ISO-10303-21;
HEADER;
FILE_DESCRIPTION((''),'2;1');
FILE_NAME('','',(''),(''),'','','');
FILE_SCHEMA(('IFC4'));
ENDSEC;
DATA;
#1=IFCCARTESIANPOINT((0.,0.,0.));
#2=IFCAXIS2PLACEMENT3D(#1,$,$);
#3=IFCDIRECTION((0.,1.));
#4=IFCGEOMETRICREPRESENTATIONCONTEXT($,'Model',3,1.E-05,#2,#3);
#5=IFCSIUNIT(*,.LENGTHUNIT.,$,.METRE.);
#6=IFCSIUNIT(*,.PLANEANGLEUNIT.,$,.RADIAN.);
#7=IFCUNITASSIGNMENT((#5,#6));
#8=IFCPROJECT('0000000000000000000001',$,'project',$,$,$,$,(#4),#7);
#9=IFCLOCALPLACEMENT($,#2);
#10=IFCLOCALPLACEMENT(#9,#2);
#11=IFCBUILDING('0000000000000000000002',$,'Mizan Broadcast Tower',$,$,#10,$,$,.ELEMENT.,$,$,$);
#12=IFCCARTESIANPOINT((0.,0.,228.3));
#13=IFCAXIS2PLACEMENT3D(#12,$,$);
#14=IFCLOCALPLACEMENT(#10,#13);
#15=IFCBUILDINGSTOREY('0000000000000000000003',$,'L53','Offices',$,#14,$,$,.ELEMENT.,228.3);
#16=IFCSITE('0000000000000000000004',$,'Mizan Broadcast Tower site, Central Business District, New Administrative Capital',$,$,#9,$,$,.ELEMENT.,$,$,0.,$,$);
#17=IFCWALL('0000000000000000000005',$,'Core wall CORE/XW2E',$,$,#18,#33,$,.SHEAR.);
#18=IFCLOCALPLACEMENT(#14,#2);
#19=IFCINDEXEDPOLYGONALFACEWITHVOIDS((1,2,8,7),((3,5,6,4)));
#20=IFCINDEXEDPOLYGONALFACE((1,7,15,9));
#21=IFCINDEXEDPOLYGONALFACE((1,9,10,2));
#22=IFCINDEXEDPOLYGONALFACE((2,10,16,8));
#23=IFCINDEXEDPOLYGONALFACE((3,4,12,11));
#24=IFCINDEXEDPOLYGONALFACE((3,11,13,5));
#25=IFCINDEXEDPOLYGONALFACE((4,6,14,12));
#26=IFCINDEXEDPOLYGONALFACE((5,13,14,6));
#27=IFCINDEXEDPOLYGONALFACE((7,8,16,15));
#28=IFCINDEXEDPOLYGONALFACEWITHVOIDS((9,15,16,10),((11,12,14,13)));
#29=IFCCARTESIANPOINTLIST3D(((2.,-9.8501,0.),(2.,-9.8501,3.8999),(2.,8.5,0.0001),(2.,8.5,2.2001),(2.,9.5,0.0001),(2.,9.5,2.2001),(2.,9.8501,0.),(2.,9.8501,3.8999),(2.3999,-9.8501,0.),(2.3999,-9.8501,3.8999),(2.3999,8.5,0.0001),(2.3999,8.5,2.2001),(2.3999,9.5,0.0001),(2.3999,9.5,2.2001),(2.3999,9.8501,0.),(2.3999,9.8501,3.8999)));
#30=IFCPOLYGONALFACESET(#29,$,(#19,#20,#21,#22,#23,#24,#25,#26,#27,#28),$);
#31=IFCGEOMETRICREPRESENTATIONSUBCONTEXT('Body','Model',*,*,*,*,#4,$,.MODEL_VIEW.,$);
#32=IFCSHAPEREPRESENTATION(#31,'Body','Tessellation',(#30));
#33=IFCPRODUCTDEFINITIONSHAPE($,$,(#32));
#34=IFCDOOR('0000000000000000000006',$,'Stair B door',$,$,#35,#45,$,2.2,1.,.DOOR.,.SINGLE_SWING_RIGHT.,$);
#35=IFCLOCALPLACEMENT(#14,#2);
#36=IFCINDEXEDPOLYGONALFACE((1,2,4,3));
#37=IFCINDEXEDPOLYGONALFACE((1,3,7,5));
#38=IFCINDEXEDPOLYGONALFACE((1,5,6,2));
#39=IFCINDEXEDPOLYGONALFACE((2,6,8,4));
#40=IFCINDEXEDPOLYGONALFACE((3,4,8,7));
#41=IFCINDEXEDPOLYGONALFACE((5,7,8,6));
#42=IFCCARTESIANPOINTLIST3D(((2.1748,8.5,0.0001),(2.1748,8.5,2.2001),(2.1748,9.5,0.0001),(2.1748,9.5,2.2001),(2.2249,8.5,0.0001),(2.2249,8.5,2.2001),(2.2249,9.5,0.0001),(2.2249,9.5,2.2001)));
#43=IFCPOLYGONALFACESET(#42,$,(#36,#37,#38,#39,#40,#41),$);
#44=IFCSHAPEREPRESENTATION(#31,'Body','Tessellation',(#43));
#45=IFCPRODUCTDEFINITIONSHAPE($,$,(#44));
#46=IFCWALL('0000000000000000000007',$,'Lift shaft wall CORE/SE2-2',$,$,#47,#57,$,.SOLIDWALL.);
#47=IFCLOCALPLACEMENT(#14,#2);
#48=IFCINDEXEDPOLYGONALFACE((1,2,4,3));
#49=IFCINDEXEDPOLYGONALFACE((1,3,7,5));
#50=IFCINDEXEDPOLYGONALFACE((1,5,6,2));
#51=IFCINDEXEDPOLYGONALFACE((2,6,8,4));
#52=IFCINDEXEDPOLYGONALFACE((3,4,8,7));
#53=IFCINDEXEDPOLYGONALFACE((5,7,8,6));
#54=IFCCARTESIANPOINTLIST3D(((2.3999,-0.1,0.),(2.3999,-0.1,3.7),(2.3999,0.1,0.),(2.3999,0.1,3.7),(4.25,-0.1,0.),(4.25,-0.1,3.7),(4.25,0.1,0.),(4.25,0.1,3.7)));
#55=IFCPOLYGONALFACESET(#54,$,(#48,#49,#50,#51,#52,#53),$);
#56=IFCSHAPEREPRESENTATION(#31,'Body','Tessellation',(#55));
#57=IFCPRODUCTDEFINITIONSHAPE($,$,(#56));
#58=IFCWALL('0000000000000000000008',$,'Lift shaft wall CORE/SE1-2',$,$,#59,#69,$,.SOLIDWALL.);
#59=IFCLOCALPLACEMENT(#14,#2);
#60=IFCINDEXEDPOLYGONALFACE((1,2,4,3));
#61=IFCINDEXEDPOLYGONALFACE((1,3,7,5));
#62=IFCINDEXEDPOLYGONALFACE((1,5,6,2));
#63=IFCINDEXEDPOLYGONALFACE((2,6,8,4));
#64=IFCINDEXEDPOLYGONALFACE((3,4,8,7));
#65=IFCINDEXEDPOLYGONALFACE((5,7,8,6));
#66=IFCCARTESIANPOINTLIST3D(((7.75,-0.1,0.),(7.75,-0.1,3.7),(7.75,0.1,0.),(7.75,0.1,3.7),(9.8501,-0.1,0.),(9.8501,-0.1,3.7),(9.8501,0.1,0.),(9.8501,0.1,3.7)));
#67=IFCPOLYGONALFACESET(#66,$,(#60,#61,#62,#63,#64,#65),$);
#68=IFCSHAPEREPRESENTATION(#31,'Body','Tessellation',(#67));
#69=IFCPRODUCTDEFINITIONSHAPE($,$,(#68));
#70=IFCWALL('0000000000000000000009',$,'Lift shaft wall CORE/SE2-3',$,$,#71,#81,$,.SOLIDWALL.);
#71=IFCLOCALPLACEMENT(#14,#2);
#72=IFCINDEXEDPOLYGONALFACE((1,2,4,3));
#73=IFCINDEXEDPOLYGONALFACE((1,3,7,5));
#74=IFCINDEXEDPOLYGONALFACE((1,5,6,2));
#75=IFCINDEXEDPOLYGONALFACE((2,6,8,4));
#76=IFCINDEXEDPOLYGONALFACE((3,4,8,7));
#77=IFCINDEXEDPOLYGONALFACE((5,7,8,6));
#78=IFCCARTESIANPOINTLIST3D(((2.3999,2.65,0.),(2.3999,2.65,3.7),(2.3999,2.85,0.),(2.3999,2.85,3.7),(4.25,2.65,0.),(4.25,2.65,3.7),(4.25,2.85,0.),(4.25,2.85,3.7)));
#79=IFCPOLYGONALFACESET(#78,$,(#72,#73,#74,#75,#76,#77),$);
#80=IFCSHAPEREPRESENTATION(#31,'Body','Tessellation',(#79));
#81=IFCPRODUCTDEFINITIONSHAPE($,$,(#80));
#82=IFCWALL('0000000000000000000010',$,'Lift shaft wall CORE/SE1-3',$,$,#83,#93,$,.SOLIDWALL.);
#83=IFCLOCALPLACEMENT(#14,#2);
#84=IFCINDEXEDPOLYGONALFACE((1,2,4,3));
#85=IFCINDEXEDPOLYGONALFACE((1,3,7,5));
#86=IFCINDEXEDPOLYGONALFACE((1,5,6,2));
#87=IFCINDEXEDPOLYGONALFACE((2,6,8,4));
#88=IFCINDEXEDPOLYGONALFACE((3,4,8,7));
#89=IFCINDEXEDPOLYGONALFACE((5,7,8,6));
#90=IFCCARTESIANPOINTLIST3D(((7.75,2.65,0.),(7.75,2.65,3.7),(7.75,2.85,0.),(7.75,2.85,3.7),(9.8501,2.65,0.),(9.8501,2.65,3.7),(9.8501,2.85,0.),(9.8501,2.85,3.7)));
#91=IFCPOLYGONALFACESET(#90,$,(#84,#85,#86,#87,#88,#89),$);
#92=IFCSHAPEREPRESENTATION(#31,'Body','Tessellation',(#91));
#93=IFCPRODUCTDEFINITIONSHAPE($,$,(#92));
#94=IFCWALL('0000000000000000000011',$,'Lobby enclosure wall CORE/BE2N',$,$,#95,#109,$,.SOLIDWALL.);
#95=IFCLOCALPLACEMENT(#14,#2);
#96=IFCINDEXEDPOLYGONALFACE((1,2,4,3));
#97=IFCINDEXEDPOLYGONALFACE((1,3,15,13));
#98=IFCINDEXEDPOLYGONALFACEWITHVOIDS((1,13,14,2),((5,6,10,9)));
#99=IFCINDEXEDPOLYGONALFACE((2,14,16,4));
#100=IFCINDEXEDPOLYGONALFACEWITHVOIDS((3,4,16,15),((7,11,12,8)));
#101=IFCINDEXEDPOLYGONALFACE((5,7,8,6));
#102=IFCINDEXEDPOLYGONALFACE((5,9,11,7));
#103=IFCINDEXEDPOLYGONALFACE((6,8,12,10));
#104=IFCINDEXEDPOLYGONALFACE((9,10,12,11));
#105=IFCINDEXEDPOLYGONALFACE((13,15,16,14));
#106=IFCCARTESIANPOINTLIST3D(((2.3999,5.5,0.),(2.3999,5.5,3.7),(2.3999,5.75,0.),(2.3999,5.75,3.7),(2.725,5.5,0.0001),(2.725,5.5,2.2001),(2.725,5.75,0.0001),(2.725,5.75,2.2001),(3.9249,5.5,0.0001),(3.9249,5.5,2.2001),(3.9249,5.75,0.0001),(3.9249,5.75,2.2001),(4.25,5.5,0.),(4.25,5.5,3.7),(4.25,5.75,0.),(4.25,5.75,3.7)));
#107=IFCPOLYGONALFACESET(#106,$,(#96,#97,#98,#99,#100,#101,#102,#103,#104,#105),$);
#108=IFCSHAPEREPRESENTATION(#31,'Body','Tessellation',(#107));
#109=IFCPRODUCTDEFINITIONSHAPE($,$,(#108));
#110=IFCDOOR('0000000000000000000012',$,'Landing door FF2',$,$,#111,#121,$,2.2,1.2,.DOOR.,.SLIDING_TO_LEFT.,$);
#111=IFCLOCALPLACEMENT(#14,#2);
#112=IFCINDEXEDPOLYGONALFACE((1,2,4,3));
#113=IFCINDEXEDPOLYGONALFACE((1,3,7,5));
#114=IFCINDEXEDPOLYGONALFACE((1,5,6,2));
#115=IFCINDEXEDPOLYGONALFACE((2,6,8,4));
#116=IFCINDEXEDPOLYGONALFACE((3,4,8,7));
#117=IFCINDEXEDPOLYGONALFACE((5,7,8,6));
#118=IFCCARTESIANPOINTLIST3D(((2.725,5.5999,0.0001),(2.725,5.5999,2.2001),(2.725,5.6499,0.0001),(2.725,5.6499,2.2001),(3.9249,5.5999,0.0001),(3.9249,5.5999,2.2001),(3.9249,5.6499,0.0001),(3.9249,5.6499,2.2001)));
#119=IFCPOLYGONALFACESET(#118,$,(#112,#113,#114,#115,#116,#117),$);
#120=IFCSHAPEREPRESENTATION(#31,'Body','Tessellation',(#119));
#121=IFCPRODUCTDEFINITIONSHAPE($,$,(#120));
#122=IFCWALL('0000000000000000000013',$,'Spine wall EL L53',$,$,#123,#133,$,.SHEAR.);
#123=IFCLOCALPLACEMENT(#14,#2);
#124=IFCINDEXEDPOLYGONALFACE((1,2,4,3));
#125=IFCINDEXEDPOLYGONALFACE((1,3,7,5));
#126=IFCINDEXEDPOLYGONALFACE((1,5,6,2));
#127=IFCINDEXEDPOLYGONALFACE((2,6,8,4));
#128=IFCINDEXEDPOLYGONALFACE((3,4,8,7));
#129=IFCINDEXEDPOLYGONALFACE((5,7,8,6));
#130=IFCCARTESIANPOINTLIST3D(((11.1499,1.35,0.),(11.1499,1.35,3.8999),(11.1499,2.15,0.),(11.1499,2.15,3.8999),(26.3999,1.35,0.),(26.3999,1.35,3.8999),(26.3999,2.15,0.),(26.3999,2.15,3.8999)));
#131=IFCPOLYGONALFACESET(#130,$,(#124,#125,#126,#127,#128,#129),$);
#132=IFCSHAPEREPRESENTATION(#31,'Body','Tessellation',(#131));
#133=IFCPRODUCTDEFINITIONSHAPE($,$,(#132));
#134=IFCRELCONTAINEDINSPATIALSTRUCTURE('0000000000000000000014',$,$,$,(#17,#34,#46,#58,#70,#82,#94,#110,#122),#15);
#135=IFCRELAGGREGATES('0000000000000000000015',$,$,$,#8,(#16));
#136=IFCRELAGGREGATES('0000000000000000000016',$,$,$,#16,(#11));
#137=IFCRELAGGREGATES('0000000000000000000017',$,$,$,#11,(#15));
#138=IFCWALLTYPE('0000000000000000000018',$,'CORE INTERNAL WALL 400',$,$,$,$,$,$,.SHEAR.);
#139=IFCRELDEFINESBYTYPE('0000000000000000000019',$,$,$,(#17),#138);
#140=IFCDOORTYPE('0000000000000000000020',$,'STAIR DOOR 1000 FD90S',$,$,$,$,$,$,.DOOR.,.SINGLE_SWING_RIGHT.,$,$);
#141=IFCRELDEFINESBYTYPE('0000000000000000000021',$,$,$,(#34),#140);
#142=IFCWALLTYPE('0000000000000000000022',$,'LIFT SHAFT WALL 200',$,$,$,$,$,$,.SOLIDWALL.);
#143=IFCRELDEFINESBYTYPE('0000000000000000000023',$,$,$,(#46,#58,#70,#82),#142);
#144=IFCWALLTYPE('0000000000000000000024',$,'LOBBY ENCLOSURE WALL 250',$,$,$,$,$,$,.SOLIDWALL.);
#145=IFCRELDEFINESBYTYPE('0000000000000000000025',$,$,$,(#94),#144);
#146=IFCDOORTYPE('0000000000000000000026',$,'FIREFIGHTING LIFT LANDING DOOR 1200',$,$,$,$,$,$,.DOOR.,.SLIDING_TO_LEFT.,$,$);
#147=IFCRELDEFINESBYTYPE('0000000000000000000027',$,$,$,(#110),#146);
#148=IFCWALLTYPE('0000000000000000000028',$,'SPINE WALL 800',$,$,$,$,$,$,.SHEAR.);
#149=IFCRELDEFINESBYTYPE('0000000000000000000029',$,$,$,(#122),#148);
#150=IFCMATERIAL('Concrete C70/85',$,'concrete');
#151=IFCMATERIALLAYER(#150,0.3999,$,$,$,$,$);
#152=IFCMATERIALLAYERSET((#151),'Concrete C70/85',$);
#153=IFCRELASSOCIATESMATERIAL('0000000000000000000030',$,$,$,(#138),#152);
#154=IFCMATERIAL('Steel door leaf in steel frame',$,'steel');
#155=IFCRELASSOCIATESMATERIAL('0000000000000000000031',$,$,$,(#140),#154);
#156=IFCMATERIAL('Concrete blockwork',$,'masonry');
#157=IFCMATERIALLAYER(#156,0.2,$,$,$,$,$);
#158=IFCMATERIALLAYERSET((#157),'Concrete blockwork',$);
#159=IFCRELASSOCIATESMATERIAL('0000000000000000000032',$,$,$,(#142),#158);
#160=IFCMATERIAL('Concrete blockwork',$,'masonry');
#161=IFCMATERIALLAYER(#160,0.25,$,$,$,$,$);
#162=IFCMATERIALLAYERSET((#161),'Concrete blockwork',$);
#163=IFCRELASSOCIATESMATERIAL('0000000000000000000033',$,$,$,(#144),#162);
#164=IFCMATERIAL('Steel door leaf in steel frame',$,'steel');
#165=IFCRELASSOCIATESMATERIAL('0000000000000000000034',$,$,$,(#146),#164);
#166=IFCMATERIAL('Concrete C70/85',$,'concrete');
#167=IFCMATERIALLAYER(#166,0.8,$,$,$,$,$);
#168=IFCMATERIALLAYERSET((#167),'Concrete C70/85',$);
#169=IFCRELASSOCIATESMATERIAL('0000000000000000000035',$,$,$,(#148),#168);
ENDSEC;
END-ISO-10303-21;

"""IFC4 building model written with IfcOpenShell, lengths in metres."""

from ifc_helpers import new_model, si_unit, direction, frame, frame_2d, origin, place, context, subcontext, project, spatial, rectangle, extrude, material, layer, layer_set, type_object, element, fill, save


model = new_model("IFC4")

# Units and contexts
model_context = context("Model", 3, precision=1e-05, world=origin(), true_north=direction((0.0, 1.0)))
body_context = subcontext(model_context, "Body", "Model", "MODEL_VIEW")
ifc_project = project(units=[si_unit("LENGTHUNIT", "METRE"), si_unit("PLANEANGLEUNIT", "RADIAN")], contexts=[model_context])

# Site, building, storey
site_placement = place(None, origin())
site = spatial("IfcSite", under=ifc_project, at=site_placement, Name="Mizan Broadcast Tower site, Central Business District, New Administrative Capital", CompositionType="ELEMENT", RefElevation=0.0)
building_placement = place(site_placement, origin())
building = spatial("IfcBuilding", under=site, at=building_placement, Name="Mizan Broadcast Tower", CompositionType="ELEMENT")
storey_placement = place(building_placement, frame((0.0, 0.0, 228.3)))
storey = spatial("IfcBuildingStorey", under=building, at=storey_placement, Name="L53", Description="Offices", CompositionType="ELEMENT", Elevation=228.3)

# Wall, opening, door
ifc_material_1 = material(Name="Concrete C70/85", Category="concrete")
ifc_layer_1 = layer(ifc_material_1, 0.3999)
ifc_layer_set_1 = layer_set([ifc_layer_1], Name="Concrete C70/85")
wall_type_1 = type_object("IfcWallType", Name="CORE INTERNAL WALL 400", PredefinedType="SHEAR", material=ifc_layer_set_1)
wall_1_placement = place(storey_placement, frame((2.2, 9.8501, 0.0), z_axis=(0.0, 0.0, 1.0), x_axis=(0.0, -1.0, 0.0)))
wall_1 = element("IfcWall", 1, at=wall_1_placement, inside=storey, type_object=wall_type_1, Name="Core wall CORE/XW2E", PredefinedType="SHEAR", context=body_context, shape_type="SweptSolid", body=[
    extrude(rectangle(XDim=19.7002, YDim=0.3999, at=frame_2d((9.8501, 0.0))), origin(), (0.0, 0.0, 1.0), 3.8999),
])
opening_1_placement = place(wall_1_placement, frame((0.3501, 0.0, 0.0)))
opening_1 = element("IfcOpeningElement", 2, at=opening_1_placement, cuts=wall_1, PredefinedType="OPENING", context=body_context, shape_type="SweptSolid", body=[
    extrude(rectangle(XDim=1.0, YDim=2.2, at=frame_2d((0.5, 1.1001))), frame((0.0, 0.21, 0.0), z_axis=(0.0, -1.0, 0.0), x_axis=(1.0, 0.0, 0.0)), (0.0, 0.0, 1.0), 0.4199),
])
ifc_material_2 = material(Name="Steel door leaf in steel frame", Category="steel")
door_type_1 = type_object("IfcDoorType", Name="STAIR DOOR 1000 FD90S", OperationType="SINGLE_SWING_RIGHT", PredefinedType="DOOR", material=ifc_material_2)
door_1_placement = place(opening_1_placement, origin())
door_1 = element("IfcDoor", 3, at=door_1_placement, inside=storey, type_object=door_type_1, Name="Stair B door", OperationType="SINGLE_SWING_RIGHT", OverallHeight=2.2, OverallWidth=1.0, PredefinedType="DOOR", context=body_context, shape_type="SweptSolid", body=[
    extrude(rectangle(XDim=1.0, YDim=2.2, at=frame_2d((0.5, 1.1001))), frame((0.0, 0.0249, 0.0), z_axis=(0.0, -1.0, 0.0), x_axis=(1.0, 0.0, 0.0)), (0.0, 0.0, 1.0), 0.05),
])
fill(opening_1, door_1)

# Walls
ifc_material_3 = material(Name="Concrete blockwork", Category="masonry")
ifc_layer_2 = layer(ifc_material_3, 0.2)
ifc_layer_set_2 = layer_set([ifc_layer_2], Name="Concrete blockwork")
wall_type_2 = type_object("IfcWallType", Name="LIFT SHAFT WALL 200", PredefinedType="SOLIDWALL", material=ifc_layer_set_2)
wall_2_placement = place(storey_placement, frame((2.3999, 0.0, 0.0), z_axis=(0.0, 0.0, 1.0), x_axis=(1.0, 0.0, 0.0)))
element("IfcWall", 4, at=wall_2_placement, inside=storey, type_object=wall_type_2, Name="Lift shaft wall CORE/SE2-2", PredefinedType="SOLIDWALL", context=body_context, shape_type="SweptSolid", body=[
    extrude(rectangle(XDim=1.8501, YDim=0.2, at=frame_2d((0.925, 0.0))), origin(), (0.0, 0.0, 1.0), 3.7),
])
wall_3_placement = place(storey_placement, frame((7.75, 0.0, 0.0), z_axis=(0.0, 0.0, 1.0), x_axis=(1.0, 0.0, 0.0)))
element("IfcWall", 5, at=wall_3_placement, inside=storey, type_object=wall_type_2, Name="Lift shaft wall CORE/SE1-2", PredefinedType="SOLIDWALL", context=body_context, shape_type="SweptSolid", body=[
    extrude(rectangle(XDim=2.1001, YDim=0.2, at=frame_2d((1.05, 0.0))), origin(), (0.0, 0.0, 1.0), 3.7),
])
wall_4_placement = place(storey_placement, frame((2.3999, 2.75, 0.0), z_axis=(0.0, 0.0, 1.0), x_axis=(1.0, 0.0, 0.0)))
element("IfcWall", 6, at=wall_4_placement, inside=storey, type_object=wall_type_2, Name="Lift shaft wall CORE/SE2-3", PredefinedType="SOLIDWALL", context=body_context, shape_type="SweptSolid", body=[
    extrude(rectangle(XDim=1.8501, YDim=0.2, at=frame_2d((0.925, 0.0))), origin(), (0.0, 0.0, 1.0), 3.7),
])
wall_5_placement = place(storey_placement, frame((7.75, 2.75, 0.0), z_axis=(0.0, 0.0, 1.0), x_axis=(1.0, 0.0, 0.0)))
element("IfcWall", 7, at=wall_5_placement, inside=storey, type_object=wall_type_2, Name="Lift shaft wall CORE/SE1-3", PredefinedType="SOLIDWALL", context=body_context, shape_type="SweptSolid", body=[
    extrude(rectangle(XDim=2.1001, YDim=0.2, at=frame_2d((1.05, 0.0))), origin(), (0.0, 0.0, 1.0), 3.7),
])

# Wall, opening, door
ifc_material_4 = material(Name="Concrete blockwork", Category="masonry")
ifc_layer_3 = layer(ifc_material_4, 0.25)
ifc_layer_set_3 = layer_set([ifc_layer_3], Name="Concrete blockwork")
wall_type_3 = type_object("IfcWallType", Name="LOBBY ENCLOSURE WALL 250", PredefinedType="SOLIDWALL", material=ifc_layer_set_3)
wall_6_placement = place(storey_placement, frame((2.3999, 5.625, 0.0), z_axis=(0.0, 0.0, 1.0), x_axis=(1.0, 0.0, 0.0)))
wall_6 = element("IfcWall", 8, at=wall_6_placement, inside=storey, type_object=wall_type_3, Name="Lobby enclosure wall CORE/BE2N", PredefinedType="SOLIDWALL", context=body_context, shape_type="SweptSolid", body=[
    extrude(rectangle(XDim=1.8501, YDim=0.25, at=frame_2d((0.925, 0.0))), origin(), (0.0, 0.0, 1.0), 3.7),
])
opening_2_placement = place(wall_6_placement, frame((0.325, 0.0, 0.0)))
opening_2 = element("IfcOpeningElement", 9, at=opening_2_placement, cuts=wall_6, PredefinedType="OPENING", context=body_context, shape_type="SweptSolid", body=[
    extrude(rectangle(XDim=1.2, YDim=2.2, at=frame_2d((0.6001, 1.1001))), frame((0.0, 0.135, 0.0), z_axis=(0.0, -1.0, 0.0), x_axis=(1.0, 0.0, 0.0)), (0.0, 0.0, 1.0), 0.27),
])
ifc_material_5 = material(Name="Steel door leaf in steel frame", Category="steel")
door_type_2 = type_object("IfcDoorType", Name="FIREFIGHTING LIFT LANDING DOOR 1200", OperationType="SLIDING_TO_LEFT", PredefinedType="DOOR", material=ifc_material_5)
door_2_placement = place(opening_2_placement, origin())
door_2 = element("IfcDoor", 10, at=door_2_placement, inside=storey, type_object=door_type_2, Name="Landing door FF2", OperationType="SLIDING_TO_LEFT", OverallHeight=2.2, OverallWidth=1.2, PredefinedType="DOOR", context=body_context, shape_type="SweptSolid", body=[
    extrude(rectangle(XDim=1.2, YDim=2.2, at=frame_2d((0.6001, 1.1001))), frame((0.0, 0.0249, 0.0), z_axis=(0.0, -1.0, 0.0), x_axis=(1.0, 0.0, 0.0)), (0.0, 0.0, 1.0), 0.05),
])
fill(opening_2, door_2)

# Wall
ifc_material_6 = material(Name="Concrete C70/85", Category="concrete")
ifc_layer_4 = layer(ifc_material_6, 0.8)
ifc_layer_set_4 = layer_set([ifc_layer_4], Name="Concrete C70/85")
wall_type_4 = type_object("IfcWallType", Name="SPINE WALL 800", PredefinedType="SHEAR", material=ifc_layer_set_4)
wall_7_placement = place(storey_placement, frame((11.1499, 1.75, 0.0), z_axis=(0.0, 0.0, 1.0), x_axis=(1.0, 0.0, 0.0)))
element("IfcWall", 11, at=wall_7_placement, inside=storey, type_object=wall_type_4, Name="Spine wall EL L53", PredefinedType="SHEAR", context=body_context, shape_type="SweptSolid", body=[
    extrude(rectangle(XDim=15.25, YDim=0.8, at=frame_2d((7.625, 0.0))), origin(), (0.0, 0.0, 1.0), 3.8999),
])

save(model, "model.ifc")
